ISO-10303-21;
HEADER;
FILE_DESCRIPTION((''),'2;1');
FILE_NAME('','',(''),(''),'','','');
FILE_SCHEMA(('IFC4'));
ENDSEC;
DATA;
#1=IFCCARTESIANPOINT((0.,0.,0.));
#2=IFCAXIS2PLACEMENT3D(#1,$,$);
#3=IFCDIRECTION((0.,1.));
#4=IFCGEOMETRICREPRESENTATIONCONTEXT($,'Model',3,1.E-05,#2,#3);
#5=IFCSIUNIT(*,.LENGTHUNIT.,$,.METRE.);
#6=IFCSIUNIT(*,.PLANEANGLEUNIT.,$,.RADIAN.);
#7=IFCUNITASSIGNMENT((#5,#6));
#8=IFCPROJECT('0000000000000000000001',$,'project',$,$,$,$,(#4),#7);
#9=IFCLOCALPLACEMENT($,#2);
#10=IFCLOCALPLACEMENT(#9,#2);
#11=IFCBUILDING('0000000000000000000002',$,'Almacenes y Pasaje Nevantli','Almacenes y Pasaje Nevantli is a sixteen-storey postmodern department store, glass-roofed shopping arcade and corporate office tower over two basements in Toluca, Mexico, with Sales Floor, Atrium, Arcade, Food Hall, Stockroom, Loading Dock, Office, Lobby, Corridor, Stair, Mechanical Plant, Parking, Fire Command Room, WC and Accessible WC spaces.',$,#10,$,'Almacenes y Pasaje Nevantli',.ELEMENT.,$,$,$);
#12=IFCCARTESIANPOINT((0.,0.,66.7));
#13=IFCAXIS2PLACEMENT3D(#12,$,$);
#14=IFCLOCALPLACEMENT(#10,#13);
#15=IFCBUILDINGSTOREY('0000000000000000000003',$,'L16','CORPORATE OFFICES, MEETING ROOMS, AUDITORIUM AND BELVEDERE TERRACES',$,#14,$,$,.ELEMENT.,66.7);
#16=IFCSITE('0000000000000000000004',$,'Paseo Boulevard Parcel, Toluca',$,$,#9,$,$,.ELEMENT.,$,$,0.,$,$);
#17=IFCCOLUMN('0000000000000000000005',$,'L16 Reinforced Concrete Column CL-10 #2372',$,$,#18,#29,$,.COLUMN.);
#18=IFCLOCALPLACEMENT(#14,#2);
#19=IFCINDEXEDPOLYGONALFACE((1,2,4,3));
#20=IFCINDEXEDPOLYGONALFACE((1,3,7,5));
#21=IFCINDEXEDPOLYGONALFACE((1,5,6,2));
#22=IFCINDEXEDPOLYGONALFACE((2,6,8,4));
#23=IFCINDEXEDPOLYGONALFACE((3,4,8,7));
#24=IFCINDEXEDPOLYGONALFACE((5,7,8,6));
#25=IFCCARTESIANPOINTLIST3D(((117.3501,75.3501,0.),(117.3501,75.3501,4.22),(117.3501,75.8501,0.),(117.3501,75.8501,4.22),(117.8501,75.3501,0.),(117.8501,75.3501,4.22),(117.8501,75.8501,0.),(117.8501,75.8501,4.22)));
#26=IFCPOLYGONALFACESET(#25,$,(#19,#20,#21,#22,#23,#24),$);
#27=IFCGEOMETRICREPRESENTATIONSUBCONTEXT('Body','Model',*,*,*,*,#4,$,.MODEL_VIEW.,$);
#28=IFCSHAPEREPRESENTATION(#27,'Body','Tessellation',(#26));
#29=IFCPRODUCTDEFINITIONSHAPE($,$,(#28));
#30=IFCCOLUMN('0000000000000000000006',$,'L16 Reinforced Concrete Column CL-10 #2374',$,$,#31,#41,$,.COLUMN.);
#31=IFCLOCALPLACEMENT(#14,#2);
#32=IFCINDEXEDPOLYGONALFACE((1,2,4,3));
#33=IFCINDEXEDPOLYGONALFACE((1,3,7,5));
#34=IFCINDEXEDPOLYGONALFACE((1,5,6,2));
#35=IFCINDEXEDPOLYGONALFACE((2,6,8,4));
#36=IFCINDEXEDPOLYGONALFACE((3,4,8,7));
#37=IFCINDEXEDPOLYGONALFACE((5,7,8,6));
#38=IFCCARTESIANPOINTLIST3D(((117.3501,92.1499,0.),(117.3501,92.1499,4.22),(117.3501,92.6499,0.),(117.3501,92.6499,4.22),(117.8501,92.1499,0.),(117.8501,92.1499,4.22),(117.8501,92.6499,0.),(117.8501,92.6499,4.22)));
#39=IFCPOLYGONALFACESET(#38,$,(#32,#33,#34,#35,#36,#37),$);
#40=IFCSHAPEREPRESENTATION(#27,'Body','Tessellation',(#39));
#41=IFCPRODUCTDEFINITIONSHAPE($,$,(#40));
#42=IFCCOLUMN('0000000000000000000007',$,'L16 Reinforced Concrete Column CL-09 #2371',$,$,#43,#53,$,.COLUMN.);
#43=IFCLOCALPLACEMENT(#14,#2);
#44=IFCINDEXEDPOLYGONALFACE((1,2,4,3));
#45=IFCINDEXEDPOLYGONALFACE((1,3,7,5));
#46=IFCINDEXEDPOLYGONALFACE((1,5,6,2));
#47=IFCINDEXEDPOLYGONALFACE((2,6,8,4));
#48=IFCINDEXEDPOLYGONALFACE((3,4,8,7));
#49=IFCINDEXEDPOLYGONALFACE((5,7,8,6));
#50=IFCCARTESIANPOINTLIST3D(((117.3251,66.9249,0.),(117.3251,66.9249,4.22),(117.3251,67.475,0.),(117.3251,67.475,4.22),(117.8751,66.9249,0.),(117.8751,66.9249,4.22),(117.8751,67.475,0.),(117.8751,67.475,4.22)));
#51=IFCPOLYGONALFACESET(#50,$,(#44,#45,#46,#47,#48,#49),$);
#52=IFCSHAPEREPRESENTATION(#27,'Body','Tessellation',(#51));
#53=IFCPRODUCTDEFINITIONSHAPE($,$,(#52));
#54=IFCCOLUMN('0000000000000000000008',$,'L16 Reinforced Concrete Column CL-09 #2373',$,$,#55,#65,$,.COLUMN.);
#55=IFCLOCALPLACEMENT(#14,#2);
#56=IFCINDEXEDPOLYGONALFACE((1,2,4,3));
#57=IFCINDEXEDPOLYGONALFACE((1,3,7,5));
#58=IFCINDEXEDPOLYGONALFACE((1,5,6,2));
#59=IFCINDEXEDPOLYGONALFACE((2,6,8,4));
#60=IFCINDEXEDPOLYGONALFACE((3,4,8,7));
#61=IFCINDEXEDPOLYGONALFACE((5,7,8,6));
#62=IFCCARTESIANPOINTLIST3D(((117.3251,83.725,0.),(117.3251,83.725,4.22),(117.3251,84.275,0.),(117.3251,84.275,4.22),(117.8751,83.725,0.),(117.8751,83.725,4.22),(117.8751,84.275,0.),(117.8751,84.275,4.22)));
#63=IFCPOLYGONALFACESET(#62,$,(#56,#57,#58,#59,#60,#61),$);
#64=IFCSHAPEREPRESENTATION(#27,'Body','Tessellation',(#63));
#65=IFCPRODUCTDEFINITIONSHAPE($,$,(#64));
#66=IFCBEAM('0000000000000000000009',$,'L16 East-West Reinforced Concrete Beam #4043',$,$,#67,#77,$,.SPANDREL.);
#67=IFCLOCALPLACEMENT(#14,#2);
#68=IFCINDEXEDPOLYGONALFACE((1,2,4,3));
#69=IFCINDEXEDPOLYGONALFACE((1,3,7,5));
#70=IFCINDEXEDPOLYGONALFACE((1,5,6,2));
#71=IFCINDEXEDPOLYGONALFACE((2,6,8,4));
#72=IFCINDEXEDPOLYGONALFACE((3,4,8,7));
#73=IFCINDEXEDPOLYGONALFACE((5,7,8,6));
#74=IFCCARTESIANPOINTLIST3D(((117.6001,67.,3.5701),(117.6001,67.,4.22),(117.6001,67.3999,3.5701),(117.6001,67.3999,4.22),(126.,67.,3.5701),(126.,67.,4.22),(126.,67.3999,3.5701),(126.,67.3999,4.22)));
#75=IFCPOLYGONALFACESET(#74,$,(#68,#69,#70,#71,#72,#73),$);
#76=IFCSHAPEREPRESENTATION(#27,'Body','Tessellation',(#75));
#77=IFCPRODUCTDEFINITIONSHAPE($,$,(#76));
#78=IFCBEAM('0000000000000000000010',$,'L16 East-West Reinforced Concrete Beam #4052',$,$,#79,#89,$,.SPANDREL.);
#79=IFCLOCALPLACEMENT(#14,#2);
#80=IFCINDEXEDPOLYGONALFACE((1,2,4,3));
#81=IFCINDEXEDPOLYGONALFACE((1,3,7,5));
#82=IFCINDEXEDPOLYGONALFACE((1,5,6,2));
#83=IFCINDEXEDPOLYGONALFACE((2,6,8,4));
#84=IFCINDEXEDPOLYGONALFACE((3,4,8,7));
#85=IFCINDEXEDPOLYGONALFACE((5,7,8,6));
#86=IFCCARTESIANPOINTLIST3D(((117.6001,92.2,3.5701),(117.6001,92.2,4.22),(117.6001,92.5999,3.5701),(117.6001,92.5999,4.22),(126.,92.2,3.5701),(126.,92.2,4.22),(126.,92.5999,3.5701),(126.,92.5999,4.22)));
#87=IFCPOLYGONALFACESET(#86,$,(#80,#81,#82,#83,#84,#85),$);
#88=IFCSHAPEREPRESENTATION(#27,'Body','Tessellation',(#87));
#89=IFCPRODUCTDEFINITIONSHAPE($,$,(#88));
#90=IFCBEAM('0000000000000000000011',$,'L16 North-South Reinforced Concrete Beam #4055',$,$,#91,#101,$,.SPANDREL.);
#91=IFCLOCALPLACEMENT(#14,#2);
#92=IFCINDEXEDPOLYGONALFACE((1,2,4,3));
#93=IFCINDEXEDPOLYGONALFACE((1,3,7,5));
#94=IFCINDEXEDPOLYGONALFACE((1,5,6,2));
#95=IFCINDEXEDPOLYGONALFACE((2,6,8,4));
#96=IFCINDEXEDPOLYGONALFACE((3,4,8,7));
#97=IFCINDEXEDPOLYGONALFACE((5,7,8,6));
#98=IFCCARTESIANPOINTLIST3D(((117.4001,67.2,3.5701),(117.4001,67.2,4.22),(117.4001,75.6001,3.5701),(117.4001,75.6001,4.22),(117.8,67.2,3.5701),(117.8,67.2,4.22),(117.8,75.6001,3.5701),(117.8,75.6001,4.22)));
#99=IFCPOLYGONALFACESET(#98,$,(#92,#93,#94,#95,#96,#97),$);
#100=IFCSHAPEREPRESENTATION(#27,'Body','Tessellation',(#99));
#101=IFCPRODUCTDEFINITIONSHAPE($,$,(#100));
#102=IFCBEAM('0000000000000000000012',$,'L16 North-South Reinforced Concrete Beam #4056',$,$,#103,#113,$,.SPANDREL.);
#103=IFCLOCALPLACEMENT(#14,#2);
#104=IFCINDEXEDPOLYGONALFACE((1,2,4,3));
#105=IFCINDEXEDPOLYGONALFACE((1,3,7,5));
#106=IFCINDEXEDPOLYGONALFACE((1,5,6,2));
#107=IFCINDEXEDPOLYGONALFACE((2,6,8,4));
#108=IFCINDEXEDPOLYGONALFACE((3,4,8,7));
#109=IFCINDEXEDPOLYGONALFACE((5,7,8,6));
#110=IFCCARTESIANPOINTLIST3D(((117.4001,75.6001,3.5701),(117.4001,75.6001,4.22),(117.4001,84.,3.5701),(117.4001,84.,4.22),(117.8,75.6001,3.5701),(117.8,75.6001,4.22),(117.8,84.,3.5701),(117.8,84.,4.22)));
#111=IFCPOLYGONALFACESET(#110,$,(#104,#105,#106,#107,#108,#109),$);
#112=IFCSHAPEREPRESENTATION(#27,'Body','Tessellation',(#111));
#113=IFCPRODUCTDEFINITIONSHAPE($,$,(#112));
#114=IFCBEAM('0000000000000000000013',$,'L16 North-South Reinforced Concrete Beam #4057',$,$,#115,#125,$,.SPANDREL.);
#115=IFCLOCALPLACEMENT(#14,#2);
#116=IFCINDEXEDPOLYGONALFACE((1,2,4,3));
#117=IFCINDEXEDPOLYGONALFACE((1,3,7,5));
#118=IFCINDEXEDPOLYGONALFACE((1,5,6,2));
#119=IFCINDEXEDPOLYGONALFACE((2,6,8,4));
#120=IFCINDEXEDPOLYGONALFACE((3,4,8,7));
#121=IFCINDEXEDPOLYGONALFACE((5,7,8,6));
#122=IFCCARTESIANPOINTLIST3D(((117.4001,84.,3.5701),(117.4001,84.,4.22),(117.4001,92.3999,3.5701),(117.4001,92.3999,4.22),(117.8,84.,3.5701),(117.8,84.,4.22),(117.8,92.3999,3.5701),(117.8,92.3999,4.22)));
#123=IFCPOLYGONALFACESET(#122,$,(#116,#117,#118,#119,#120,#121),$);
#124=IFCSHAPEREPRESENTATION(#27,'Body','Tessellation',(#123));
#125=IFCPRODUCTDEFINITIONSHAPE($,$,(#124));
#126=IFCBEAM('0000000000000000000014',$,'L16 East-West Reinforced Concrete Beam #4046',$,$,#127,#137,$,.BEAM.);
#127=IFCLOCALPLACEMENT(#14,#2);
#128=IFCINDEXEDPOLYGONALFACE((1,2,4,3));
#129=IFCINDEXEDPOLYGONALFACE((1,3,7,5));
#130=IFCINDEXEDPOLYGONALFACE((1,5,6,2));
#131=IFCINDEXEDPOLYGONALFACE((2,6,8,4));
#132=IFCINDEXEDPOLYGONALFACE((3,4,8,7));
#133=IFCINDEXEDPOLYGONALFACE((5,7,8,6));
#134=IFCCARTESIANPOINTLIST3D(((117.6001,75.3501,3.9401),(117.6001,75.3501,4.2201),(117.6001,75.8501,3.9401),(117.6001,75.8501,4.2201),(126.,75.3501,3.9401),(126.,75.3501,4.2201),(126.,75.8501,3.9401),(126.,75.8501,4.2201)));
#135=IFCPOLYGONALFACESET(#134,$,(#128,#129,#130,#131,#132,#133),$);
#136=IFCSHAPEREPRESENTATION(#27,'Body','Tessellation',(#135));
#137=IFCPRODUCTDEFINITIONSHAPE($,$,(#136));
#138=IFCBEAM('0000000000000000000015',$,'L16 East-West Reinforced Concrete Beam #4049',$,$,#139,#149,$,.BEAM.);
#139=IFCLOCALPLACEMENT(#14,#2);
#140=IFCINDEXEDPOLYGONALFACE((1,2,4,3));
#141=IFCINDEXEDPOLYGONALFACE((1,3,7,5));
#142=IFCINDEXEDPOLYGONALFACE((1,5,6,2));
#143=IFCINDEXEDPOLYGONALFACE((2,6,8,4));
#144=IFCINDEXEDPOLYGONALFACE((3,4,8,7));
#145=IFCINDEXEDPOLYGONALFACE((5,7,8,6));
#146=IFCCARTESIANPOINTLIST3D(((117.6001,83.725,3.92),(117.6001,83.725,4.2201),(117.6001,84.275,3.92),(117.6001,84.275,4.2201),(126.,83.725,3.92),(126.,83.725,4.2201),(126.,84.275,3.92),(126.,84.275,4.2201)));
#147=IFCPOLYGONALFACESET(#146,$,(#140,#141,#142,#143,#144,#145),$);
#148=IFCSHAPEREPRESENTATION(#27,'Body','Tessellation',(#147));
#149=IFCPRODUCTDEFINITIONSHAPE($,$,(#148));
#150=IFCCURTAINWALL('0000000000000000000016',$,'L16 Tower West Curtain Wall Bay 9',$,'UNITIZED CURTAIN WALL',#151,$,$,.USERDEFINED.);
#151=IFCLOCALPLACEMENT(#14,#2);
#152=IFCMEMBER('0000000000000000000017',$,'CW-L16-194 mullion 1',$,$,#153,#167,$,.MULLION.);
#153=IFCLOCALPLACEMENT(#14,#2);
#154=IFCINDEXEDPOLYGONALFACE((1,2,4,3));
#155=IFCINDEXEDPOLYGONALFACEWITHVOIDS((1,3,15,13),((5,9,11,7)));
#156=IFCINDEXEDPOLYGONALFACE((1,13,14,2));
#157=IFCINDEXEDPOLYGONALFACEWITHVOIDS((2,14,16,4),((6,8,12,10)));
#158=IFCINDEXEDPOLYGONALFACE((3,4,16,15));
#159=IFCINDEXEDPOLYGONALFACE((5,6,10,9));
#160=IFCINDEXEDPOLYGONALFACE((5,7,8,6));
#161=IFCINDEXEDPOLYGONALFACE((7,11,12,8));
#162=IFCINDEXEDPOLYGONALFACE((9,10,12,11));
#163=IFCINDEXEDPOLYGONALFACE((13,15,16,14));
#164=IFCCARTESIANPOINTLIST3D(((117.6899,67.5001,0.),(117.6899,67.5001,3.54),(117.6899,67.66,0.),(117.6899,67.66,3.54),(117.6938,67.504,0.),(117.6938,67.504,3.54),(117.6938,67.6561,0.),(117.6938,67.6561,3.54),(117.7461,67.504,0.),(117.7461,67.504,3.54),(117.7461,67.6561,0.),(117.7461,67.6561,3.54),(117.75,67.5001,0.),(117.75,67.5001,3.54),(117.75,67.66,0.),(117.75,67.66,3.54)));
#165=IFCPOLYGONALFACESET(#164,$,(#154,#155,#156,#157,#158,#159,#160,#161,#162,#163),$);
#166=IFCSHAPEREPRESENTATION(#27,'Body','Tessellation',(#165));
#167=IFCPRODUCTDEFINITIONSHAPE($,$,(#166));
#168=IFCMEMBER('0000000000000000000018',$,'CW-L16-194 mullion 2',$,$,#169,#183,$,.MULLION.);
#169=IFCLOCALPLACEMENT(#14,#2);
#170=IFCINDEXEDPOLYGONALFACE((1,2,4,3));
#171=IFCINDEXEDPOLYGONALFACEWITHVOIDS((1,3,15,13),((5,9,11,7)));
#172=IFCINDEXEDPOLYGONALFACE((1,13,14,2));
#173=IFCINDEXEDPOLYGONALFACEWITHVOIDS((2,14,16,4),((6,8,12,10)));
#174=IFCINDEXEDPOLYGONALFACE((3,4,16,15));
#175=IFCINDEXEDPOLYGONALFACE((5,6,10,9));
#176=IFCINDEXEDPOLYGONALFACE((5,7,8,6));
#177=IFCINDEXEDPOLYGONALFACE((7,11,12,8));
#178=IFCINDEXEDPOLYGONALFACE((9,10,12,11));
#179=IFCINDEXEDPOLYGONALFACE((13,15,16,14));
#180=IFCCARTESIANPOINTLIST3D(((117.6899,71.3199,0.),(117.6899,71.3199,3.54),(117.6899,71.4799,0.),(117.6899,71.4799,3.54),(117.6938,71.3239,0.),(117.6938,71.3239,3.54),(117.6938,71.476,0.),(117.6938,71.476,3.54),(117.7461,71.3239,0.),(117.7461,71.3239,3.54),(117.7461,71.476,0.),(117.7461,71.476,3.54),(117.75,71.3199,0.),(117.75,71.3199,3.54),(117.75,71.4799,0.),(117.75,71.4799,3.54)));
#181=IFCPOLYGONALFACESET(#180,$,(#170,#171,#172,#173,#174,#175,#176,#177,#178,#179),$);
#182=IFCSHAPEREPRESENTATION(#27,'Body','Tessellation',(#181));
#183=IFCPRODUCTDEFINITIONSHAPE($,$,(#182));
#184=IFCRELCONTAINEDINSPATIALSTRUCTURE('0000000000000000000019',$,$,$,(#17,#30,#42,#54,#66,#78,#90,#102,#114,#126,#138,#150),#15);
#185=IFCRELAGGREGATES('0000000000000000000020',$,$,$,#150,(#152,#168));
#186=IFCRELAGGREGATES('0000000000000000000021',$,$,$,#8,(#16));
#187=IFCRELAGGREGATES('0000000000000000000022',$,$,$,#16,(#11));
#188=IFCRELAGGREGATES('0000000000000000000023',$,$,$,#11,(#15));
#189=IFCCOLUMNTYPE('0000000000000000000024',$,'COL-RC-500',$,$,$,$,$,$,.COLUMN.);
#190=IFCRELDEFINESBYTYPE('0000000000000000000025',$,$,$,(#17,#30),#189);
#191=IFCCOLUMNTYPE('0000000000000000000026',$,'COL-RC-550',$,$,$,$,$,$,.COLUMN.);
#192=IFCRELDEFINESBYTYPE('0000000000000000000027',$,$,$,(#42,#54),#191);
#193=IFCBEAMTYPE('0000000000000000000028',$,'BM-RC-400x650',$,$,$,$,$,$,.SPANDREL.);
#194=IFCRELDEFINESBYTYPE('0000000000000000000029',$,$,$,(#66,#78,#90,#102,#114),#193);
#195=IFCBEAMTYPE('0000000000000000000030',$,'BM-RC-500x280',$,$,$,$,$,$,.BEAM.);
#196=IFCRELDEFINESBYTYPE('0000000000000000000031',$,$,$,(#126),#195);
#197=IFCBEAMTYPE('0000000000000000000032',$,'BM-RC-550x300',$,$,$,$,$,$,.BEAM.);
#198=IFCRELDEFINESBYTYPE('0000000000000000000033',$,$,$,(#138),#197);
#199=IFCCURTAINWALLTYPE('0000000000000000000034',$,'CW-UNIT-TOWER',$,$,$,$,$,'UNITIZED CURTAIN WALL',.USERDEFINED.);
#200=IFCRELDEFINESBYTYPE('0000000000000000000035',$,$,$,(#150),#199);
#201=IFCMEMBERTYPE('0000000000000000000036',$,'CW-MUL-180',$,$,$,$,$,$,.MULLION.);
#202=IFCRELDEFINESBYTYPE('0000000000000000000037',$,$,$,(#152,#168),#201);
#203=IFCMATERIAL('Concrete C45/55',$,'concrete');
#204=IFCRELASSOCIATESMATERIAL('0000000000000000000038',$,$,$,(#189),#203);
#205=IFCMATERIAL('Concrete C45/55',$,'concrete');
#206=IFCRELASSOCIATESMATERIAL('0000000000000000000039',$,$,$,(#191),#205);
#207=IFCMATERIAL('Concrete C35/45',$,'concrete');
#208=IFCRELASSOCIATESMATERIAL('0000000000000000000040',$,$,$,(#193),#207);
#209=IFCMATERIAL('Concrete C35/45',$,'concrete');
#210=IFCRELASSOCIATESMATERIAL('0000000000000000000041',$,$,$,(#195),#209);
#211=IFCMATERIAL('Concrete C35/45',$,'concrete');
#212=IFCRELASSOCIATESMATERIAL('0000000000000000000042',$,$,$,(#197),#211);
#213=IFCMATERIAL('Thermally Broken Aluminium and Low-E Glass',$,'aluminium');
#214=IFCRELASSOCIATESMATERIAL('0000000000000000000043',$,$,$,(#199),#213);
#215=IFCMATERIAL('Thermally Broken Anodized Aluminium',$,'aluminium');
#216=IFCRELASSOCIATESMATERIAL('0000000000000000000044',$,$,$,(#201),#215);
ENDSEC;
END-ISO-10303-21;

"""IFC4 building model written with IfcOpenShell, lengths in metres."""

from ifc_helpers import new_model, si_unit, direction, frame, origin, origin_2d, place, context, subcontext, project, spatial, rectangle, hollow_rectangle, extrude, material, material_profile, profile_set, type_object, element, aggregate, save


model = new_model("IFC4")

# Units and contexts
model_context = context("Model", 3, precision=1e-05, world=origin(), true_north=direction((0.0, 1.0)))
body_context = subcontext(model_context, "Body", "Model", "MODEL_VIEW")
ifc_project = project(units=[si_unit("LENGTHUNIT", "METRE"), si_unit("PLANEANGLEUNIT", "RADIAN")], contexts=[model_context])

# Site, building, storey
site_placement = place(None, origin())
site = spatial("IfcSite", under=ifc_project, at=site_placement, Name="Paseo Boulevard Parcel, Toluca", CompositionType="ELEMENT", RefElevation=0.0)
building_placement = place(site_placement, origin())
building = spatial("IfcBuilding", under=site, at=building_placement, Name="Almacenes y Pasaje Nevantli", Description="Almacenes y Pasaje Nevantli is a sixteen-storey postmodern department store, glass-roofed shopping arcade and corporate office tower over two basements in Toluca, Mexico, with Sales Floor, Atrium, Arcade, Food Hall, Stockroom, Loading Dock, Office, Lobby, Corridor, Stair, Mechanical Plant, Parking, Fire Command Room, WC and Accessible WC spaces.", LongName="Almacenes y Pasaje Nevantli", CompositionType="ELEMENT")
storey_placement = place(building_placement, frame((0.0, 0.0, 66.7)))
storey = spatial("IfcBuildingStorey", under=building, at=storey_placement, Name="L16", Description="CORPORATE OFFICES, MEETING ROOMS, AUDITORIUM AND BELVEDERE TERRACES", CompositionType="ELEMENT", Elevation=66.7)

# Columns
ifc_material_1 = material(Name="Concrete C45/55", Category="concrete")
ifc_material_profile_1 = material_profile(ifc_material_1, rectangle(XDim=0.5, YDim=0.5, at=origin_2d()), Name="RC-COL-500x500")
ifc_profile_set_1 = profile_set([ifc_material_profile_1], Name="Concrete C45/55")
column_type_1 = type_object("IfcColumnType", Name="COL-RC-500", PredefinedType="COLUMN", material=ifc_profile_set_1)
for number, where, z_axis, x_axis, name in (
    (1, (117.6001, 75.6001, 0.0), (0.0, 0.0, 1.0), (1.0, 0.0, 0.0), "L16 Reinforced Concrete Column CL-10 #2372"),
    (2, (117.6001, 92.3999, 0.0), (0.0, 0.0, 1.0), (1.0, 0.0, 0.0), "L16 Reinforced Concrete Column CL-10 #2374"),
):
    element("IfcColumn", number, at=place(storey_placement, frame(where, z_axis=z_axis, x_axis=x_axis)), inside=storey, type_object=column_type_1, Name=name, PredefinedType="COLUMN", context=body_context, shape_type="SweptSolid", body=[
        extrude(rectangle(XDim=0.5, YDim=0.5, at=origin_2d()), origin(), (0.0, 0.0, 1.0), 4.22),
    ])
ifc_material_2 = material(Name="Concrete C45/55", Category="concrete")
ifc_material_profile_2 = material_profile(ifc_material_2, rectangle(XDim=0.55, YDim=0.55, at=origin_2d()), Name="RC-COL-550x550")
ifc_profile_set_2 = profile_set([ifc_material_profile_2], Name="Concrete C45/55")
column_type_2 = type_object("IfcColumnType", Name="COL-RC-550", PredefinedType="COLUMN", material=ifc_profile_set_2)
for number, where, z_axis, x_axis, name in (
    (3, (117.6001, 67.2, 0.0), (0.0, 0.0, 1.0), (1.0, 0.0, 0.0), "L16 Reinforced Concrete Column CL-09 #2371"),
    (4, (117.6001, 84.0, 0.0), (0.0, 0.0, 1.0), (1.0, 0.0, 0.0), "L16 Reinforced Concrete Column CL-09 #2373"),
):
    element("IfcColumn", number, at=place(storey_placement, frame(where, z_axis=z_axis, x_axis=x_axis)), inside=storey, type_object=column_type_2, Name=name, PredefinedType="COLUMN", context=body_context, shape_type="SweptSolid", body=[
        extrude(rectangle(XDim=0.55, YDim=0.55, at=origin_2d()), origin(), (0.0, 0.0, 1.0), 4.22),
    ])

# Beams
ifc_material_3 = material(Name="Concrete C35/45", Category="concrete")
ifc_material_profile_3 = material_profile(ifc_material_3, rectangle(XDim=0.3999, YDim=0.6499, at=origin_2d()), Name="RC-BM-400x650")
ifc_profile_set_3 = profile_set([ifc_material_profile_3], Name="Concrete C35/45")
beam_type_1 = type_object("IfcBeamType", Name="BM-RC-400x650", PredefinedType="SPANDREL", material=ifc_profile_set_3)
for number, where, z_axis, x_axis, name in (
    (5, (117.6001, 67.2, 3.895), (1.0, 0.0, 0.0), (0.0, 1.0, 0.0), "L16 East-West Reinforced Concrete Beam #4043"),
    (6, (117.6001, 92.3999, 3.895), (1.0, 0.0, 0.0), (0.0, 1.0, 0.0), "L16 East-West Reinforced Concrete Beam #4052"),
):
    element("IfcBeam", number, at=place(storey_placement, frame(where, z_axis=z_axis, x_axis=x_axis)), inside=storey, type_object=beam_type_1, Name=name, PredefinedType="SPANDREL", context=body_context, shape_type="SweptSolid", body=[
        extrude(rectangle(XDim=0.3999, YDim=0.6499, at=origin_2d()), origin(), (0.0, 0.0, 1.0), 8.3999),
    ])
beam_1_placement = place(storey_placement, frame((117.6001, 67.2, 3.895), z_axis=(0.0, 1.0, 0.0), x_axis=(-1.0, 0.0, 0.0)))
element("IfcBeam", 7, at=beam_1_placement, inside=storey, type_object=beam_type_1, Name="L16 North-South Reinforced Concrete Beam #4055", PredefinedType="SPANDREL", context=body_context, shape_type="SweptSolid", body=[
    extrude(rectangle(XDim=0.3999, YDim=0.6499, at=origin_2d()), origin(), (0.0, 0.0, 1.0), 8.4001),
])
for number, where, z_axis, x_axis, name in (
    (8, (117.6001, 75.6001, 3.895), (0.0, 1.0, 0.0), (-1.0, 0.0, 0.0), "L16 North-South Reinforced Concrete Beam #4056"),
    (9, (117.6001, 84.0, 3.895), (0.0, 1.0, 0.0), (-1.0, 0.0, 0.0), "L16 North-South Reinforced Concrete Beam #4057"),
):
    element("IfcBeam", number, at=place(storey_placement, frame(where, z_axis=z_axis, x_axis=x_axis)), inside=storey, type_object=beam_type_1, Name=name, PredefinedType="SPANDREL", context=body_context, shape_type="SweptSolid", body=[
        extrude(rectangle(XDim=0.3999, YDim=0.6499, at=origin_2d()), origin(), (0.0, 0.0, 1.0), 8.3999),
    ])
ifc_material_4 = material(Name="Concrete C35/45", Category="concrete")
ifc_material_profile_4 = material_profile(ifc_material_4, rectangle(XDim=0.5, YDim=0.28, at=origin_2d()), Name="RC-BM-500x280")
ifc_profile_set_4 = profile_set([ifc_material_profile_4], Name="Concrete C35/45")
beam_type_2 = type_object("IfcBeamType", Name="BM-RC-500x280", PredefinedType="BEAM", material=ifc_profile_set_4)
beam_2_placement = place(storey_placement, frame((117.6001, 75.6001, 4.0801), z_axis=(1.0, 0.0, 0.0), x_axis=(0.0, 1.0, 0.0)))
element("IfcBeam", 10, at=beam_2_placement, inside=storey, type_object=beam_type_2, Name="L16 East-West Reinforced Concrete Beam #4046", PredefinedType="BEAM", context=body_context, shape_type="SweptSolid", body=[
    extrude(rectangle(XDim=0.5, YDim=0.28, at=origin_2d()), origin(), (0.0, 0.0, 1.0), 8.3999),
])
ifc_material_5 = material(Name="Concrete C35/45", Category="concrete")
ifc_material_profile_5 = material_profile(ifc_material_5, rectangle(XDim=0.55, YDim=0.3, at=origin_2d()), Name="RC-BM-550x300")
ifc_profile_set_5 = profile_set([ifc_material_profile_5], Name="Concrete C35/45")
beam_type_3 = type_object("IfcBeamType", Name="BM-RC-550x300", PredefinedType="BEAM", material=ifc_profile_set_5)
beam_3_placement = place(storey_placement, frame((117.6001, 84.0, 4.0701), z_axis=(1.0, 0.0, 0.0), x_axis=(0.0, 1.0, 0.0)))
element("IfcBeam", 11, at=beam_3_placement, inside=storey, type_object=beam_type_3, Name="L16 East-West Reinforced Concrete Beam #4049", PredefinedType="BEAM", context=body_context, shape_type="SweptSolid", body=[
    extrude(rectangle(XDim=0.55, YDim=0.3, at=origin_2d()), origin(), (0.0, 0.0, 1.0), 8.3999),
])

# Curtain wall, members
ifc_material_6 = material(Name="Thermally Broken Aluminium and Low-E Glass", Category="aluminium")
curtain_wall_type = type_object("IfcCurtainWallType", Name="CW-UNIT-TOWER", ElementType="UNITIZED CURTAIN WALL", PredefinedType="USERDEFINED", material=ifc_material_6)
curtain_wall_placement = place(storey_placement, origin())
curtain_wall = element("IfcCurtainWall", 12, at=curtain_wall_placement, inside=storey, type_object=curtain_wall_type, Name="L16 Tower West Curtain Wall Bay 9", ObjectType="UNITIZED CURTAIN WALL", PredefinedType="USERDEFINED")
ifc_material_7 = material(Name="Thermally Broken Anodized Aluminium", Category="aluminium")
ifc_material_profile_6 = material_profile(ifc_material_7, hollow_rectangle(XDim=0.0601, YDim=0.1599, WallThickness=0.0039, at=origin_2d()), Name="ALU-MUL-60x160")
ifc_profile_set_6 = profile_set([ifc_material_profile_6], Name="Thermally Broken Anodized Aluminium")
member_type_1 = type_object("IfcMemberType", Name="CW-MUL-180", PredefinedType="MULLION", material=ifc_profile_set_6)
member_1_placement = place(storey_placement, frame((117.72, 67.5801, 0.0), z_axis=(0.0, 0.0, 1.0), x_axis=(-1.0, 0.0, 0.0)))
member_1 = element("IfcMember", 13, at=member_1_placement, type_object=member_type_1, Name="CW-L16-194 mullion 1", PredefinedType="MULLION", context=body_context, shape_type="SweptSolid", body=[
    extrude(hollow_rectangle(XDim=0.0601, YDim=0.1599, WallThickness=0.0039, at=origin_2d()), origin(), (0.0, 0.0, 1.0), 3.54),
])
member_2_placement = place(storey_placement, frame((117.72, 71.3999, 0.0), z_axis=(0.0, 0.0, 1.0), x_axis=(-1.0, 0.0, 0.0)))
member_2 = element("IfcMember", 14, at=member_2_placement, type_object=member_type_1, Name="CW-L16-194 mullion 2", PredefinedType="MULLION", context=body_context, shape_type="SweptSolid", body=[
    extrude(hollow_rectangle(XDim=0.0601, YDim=0.1599, WallThickness=0.0039, at=origin_2d()), origin(), (0.0, 0.0, 1.0), 3.54),
])
aggregate(curtain_wall, [member_1, member_2])

save(model, "model.ifc")
